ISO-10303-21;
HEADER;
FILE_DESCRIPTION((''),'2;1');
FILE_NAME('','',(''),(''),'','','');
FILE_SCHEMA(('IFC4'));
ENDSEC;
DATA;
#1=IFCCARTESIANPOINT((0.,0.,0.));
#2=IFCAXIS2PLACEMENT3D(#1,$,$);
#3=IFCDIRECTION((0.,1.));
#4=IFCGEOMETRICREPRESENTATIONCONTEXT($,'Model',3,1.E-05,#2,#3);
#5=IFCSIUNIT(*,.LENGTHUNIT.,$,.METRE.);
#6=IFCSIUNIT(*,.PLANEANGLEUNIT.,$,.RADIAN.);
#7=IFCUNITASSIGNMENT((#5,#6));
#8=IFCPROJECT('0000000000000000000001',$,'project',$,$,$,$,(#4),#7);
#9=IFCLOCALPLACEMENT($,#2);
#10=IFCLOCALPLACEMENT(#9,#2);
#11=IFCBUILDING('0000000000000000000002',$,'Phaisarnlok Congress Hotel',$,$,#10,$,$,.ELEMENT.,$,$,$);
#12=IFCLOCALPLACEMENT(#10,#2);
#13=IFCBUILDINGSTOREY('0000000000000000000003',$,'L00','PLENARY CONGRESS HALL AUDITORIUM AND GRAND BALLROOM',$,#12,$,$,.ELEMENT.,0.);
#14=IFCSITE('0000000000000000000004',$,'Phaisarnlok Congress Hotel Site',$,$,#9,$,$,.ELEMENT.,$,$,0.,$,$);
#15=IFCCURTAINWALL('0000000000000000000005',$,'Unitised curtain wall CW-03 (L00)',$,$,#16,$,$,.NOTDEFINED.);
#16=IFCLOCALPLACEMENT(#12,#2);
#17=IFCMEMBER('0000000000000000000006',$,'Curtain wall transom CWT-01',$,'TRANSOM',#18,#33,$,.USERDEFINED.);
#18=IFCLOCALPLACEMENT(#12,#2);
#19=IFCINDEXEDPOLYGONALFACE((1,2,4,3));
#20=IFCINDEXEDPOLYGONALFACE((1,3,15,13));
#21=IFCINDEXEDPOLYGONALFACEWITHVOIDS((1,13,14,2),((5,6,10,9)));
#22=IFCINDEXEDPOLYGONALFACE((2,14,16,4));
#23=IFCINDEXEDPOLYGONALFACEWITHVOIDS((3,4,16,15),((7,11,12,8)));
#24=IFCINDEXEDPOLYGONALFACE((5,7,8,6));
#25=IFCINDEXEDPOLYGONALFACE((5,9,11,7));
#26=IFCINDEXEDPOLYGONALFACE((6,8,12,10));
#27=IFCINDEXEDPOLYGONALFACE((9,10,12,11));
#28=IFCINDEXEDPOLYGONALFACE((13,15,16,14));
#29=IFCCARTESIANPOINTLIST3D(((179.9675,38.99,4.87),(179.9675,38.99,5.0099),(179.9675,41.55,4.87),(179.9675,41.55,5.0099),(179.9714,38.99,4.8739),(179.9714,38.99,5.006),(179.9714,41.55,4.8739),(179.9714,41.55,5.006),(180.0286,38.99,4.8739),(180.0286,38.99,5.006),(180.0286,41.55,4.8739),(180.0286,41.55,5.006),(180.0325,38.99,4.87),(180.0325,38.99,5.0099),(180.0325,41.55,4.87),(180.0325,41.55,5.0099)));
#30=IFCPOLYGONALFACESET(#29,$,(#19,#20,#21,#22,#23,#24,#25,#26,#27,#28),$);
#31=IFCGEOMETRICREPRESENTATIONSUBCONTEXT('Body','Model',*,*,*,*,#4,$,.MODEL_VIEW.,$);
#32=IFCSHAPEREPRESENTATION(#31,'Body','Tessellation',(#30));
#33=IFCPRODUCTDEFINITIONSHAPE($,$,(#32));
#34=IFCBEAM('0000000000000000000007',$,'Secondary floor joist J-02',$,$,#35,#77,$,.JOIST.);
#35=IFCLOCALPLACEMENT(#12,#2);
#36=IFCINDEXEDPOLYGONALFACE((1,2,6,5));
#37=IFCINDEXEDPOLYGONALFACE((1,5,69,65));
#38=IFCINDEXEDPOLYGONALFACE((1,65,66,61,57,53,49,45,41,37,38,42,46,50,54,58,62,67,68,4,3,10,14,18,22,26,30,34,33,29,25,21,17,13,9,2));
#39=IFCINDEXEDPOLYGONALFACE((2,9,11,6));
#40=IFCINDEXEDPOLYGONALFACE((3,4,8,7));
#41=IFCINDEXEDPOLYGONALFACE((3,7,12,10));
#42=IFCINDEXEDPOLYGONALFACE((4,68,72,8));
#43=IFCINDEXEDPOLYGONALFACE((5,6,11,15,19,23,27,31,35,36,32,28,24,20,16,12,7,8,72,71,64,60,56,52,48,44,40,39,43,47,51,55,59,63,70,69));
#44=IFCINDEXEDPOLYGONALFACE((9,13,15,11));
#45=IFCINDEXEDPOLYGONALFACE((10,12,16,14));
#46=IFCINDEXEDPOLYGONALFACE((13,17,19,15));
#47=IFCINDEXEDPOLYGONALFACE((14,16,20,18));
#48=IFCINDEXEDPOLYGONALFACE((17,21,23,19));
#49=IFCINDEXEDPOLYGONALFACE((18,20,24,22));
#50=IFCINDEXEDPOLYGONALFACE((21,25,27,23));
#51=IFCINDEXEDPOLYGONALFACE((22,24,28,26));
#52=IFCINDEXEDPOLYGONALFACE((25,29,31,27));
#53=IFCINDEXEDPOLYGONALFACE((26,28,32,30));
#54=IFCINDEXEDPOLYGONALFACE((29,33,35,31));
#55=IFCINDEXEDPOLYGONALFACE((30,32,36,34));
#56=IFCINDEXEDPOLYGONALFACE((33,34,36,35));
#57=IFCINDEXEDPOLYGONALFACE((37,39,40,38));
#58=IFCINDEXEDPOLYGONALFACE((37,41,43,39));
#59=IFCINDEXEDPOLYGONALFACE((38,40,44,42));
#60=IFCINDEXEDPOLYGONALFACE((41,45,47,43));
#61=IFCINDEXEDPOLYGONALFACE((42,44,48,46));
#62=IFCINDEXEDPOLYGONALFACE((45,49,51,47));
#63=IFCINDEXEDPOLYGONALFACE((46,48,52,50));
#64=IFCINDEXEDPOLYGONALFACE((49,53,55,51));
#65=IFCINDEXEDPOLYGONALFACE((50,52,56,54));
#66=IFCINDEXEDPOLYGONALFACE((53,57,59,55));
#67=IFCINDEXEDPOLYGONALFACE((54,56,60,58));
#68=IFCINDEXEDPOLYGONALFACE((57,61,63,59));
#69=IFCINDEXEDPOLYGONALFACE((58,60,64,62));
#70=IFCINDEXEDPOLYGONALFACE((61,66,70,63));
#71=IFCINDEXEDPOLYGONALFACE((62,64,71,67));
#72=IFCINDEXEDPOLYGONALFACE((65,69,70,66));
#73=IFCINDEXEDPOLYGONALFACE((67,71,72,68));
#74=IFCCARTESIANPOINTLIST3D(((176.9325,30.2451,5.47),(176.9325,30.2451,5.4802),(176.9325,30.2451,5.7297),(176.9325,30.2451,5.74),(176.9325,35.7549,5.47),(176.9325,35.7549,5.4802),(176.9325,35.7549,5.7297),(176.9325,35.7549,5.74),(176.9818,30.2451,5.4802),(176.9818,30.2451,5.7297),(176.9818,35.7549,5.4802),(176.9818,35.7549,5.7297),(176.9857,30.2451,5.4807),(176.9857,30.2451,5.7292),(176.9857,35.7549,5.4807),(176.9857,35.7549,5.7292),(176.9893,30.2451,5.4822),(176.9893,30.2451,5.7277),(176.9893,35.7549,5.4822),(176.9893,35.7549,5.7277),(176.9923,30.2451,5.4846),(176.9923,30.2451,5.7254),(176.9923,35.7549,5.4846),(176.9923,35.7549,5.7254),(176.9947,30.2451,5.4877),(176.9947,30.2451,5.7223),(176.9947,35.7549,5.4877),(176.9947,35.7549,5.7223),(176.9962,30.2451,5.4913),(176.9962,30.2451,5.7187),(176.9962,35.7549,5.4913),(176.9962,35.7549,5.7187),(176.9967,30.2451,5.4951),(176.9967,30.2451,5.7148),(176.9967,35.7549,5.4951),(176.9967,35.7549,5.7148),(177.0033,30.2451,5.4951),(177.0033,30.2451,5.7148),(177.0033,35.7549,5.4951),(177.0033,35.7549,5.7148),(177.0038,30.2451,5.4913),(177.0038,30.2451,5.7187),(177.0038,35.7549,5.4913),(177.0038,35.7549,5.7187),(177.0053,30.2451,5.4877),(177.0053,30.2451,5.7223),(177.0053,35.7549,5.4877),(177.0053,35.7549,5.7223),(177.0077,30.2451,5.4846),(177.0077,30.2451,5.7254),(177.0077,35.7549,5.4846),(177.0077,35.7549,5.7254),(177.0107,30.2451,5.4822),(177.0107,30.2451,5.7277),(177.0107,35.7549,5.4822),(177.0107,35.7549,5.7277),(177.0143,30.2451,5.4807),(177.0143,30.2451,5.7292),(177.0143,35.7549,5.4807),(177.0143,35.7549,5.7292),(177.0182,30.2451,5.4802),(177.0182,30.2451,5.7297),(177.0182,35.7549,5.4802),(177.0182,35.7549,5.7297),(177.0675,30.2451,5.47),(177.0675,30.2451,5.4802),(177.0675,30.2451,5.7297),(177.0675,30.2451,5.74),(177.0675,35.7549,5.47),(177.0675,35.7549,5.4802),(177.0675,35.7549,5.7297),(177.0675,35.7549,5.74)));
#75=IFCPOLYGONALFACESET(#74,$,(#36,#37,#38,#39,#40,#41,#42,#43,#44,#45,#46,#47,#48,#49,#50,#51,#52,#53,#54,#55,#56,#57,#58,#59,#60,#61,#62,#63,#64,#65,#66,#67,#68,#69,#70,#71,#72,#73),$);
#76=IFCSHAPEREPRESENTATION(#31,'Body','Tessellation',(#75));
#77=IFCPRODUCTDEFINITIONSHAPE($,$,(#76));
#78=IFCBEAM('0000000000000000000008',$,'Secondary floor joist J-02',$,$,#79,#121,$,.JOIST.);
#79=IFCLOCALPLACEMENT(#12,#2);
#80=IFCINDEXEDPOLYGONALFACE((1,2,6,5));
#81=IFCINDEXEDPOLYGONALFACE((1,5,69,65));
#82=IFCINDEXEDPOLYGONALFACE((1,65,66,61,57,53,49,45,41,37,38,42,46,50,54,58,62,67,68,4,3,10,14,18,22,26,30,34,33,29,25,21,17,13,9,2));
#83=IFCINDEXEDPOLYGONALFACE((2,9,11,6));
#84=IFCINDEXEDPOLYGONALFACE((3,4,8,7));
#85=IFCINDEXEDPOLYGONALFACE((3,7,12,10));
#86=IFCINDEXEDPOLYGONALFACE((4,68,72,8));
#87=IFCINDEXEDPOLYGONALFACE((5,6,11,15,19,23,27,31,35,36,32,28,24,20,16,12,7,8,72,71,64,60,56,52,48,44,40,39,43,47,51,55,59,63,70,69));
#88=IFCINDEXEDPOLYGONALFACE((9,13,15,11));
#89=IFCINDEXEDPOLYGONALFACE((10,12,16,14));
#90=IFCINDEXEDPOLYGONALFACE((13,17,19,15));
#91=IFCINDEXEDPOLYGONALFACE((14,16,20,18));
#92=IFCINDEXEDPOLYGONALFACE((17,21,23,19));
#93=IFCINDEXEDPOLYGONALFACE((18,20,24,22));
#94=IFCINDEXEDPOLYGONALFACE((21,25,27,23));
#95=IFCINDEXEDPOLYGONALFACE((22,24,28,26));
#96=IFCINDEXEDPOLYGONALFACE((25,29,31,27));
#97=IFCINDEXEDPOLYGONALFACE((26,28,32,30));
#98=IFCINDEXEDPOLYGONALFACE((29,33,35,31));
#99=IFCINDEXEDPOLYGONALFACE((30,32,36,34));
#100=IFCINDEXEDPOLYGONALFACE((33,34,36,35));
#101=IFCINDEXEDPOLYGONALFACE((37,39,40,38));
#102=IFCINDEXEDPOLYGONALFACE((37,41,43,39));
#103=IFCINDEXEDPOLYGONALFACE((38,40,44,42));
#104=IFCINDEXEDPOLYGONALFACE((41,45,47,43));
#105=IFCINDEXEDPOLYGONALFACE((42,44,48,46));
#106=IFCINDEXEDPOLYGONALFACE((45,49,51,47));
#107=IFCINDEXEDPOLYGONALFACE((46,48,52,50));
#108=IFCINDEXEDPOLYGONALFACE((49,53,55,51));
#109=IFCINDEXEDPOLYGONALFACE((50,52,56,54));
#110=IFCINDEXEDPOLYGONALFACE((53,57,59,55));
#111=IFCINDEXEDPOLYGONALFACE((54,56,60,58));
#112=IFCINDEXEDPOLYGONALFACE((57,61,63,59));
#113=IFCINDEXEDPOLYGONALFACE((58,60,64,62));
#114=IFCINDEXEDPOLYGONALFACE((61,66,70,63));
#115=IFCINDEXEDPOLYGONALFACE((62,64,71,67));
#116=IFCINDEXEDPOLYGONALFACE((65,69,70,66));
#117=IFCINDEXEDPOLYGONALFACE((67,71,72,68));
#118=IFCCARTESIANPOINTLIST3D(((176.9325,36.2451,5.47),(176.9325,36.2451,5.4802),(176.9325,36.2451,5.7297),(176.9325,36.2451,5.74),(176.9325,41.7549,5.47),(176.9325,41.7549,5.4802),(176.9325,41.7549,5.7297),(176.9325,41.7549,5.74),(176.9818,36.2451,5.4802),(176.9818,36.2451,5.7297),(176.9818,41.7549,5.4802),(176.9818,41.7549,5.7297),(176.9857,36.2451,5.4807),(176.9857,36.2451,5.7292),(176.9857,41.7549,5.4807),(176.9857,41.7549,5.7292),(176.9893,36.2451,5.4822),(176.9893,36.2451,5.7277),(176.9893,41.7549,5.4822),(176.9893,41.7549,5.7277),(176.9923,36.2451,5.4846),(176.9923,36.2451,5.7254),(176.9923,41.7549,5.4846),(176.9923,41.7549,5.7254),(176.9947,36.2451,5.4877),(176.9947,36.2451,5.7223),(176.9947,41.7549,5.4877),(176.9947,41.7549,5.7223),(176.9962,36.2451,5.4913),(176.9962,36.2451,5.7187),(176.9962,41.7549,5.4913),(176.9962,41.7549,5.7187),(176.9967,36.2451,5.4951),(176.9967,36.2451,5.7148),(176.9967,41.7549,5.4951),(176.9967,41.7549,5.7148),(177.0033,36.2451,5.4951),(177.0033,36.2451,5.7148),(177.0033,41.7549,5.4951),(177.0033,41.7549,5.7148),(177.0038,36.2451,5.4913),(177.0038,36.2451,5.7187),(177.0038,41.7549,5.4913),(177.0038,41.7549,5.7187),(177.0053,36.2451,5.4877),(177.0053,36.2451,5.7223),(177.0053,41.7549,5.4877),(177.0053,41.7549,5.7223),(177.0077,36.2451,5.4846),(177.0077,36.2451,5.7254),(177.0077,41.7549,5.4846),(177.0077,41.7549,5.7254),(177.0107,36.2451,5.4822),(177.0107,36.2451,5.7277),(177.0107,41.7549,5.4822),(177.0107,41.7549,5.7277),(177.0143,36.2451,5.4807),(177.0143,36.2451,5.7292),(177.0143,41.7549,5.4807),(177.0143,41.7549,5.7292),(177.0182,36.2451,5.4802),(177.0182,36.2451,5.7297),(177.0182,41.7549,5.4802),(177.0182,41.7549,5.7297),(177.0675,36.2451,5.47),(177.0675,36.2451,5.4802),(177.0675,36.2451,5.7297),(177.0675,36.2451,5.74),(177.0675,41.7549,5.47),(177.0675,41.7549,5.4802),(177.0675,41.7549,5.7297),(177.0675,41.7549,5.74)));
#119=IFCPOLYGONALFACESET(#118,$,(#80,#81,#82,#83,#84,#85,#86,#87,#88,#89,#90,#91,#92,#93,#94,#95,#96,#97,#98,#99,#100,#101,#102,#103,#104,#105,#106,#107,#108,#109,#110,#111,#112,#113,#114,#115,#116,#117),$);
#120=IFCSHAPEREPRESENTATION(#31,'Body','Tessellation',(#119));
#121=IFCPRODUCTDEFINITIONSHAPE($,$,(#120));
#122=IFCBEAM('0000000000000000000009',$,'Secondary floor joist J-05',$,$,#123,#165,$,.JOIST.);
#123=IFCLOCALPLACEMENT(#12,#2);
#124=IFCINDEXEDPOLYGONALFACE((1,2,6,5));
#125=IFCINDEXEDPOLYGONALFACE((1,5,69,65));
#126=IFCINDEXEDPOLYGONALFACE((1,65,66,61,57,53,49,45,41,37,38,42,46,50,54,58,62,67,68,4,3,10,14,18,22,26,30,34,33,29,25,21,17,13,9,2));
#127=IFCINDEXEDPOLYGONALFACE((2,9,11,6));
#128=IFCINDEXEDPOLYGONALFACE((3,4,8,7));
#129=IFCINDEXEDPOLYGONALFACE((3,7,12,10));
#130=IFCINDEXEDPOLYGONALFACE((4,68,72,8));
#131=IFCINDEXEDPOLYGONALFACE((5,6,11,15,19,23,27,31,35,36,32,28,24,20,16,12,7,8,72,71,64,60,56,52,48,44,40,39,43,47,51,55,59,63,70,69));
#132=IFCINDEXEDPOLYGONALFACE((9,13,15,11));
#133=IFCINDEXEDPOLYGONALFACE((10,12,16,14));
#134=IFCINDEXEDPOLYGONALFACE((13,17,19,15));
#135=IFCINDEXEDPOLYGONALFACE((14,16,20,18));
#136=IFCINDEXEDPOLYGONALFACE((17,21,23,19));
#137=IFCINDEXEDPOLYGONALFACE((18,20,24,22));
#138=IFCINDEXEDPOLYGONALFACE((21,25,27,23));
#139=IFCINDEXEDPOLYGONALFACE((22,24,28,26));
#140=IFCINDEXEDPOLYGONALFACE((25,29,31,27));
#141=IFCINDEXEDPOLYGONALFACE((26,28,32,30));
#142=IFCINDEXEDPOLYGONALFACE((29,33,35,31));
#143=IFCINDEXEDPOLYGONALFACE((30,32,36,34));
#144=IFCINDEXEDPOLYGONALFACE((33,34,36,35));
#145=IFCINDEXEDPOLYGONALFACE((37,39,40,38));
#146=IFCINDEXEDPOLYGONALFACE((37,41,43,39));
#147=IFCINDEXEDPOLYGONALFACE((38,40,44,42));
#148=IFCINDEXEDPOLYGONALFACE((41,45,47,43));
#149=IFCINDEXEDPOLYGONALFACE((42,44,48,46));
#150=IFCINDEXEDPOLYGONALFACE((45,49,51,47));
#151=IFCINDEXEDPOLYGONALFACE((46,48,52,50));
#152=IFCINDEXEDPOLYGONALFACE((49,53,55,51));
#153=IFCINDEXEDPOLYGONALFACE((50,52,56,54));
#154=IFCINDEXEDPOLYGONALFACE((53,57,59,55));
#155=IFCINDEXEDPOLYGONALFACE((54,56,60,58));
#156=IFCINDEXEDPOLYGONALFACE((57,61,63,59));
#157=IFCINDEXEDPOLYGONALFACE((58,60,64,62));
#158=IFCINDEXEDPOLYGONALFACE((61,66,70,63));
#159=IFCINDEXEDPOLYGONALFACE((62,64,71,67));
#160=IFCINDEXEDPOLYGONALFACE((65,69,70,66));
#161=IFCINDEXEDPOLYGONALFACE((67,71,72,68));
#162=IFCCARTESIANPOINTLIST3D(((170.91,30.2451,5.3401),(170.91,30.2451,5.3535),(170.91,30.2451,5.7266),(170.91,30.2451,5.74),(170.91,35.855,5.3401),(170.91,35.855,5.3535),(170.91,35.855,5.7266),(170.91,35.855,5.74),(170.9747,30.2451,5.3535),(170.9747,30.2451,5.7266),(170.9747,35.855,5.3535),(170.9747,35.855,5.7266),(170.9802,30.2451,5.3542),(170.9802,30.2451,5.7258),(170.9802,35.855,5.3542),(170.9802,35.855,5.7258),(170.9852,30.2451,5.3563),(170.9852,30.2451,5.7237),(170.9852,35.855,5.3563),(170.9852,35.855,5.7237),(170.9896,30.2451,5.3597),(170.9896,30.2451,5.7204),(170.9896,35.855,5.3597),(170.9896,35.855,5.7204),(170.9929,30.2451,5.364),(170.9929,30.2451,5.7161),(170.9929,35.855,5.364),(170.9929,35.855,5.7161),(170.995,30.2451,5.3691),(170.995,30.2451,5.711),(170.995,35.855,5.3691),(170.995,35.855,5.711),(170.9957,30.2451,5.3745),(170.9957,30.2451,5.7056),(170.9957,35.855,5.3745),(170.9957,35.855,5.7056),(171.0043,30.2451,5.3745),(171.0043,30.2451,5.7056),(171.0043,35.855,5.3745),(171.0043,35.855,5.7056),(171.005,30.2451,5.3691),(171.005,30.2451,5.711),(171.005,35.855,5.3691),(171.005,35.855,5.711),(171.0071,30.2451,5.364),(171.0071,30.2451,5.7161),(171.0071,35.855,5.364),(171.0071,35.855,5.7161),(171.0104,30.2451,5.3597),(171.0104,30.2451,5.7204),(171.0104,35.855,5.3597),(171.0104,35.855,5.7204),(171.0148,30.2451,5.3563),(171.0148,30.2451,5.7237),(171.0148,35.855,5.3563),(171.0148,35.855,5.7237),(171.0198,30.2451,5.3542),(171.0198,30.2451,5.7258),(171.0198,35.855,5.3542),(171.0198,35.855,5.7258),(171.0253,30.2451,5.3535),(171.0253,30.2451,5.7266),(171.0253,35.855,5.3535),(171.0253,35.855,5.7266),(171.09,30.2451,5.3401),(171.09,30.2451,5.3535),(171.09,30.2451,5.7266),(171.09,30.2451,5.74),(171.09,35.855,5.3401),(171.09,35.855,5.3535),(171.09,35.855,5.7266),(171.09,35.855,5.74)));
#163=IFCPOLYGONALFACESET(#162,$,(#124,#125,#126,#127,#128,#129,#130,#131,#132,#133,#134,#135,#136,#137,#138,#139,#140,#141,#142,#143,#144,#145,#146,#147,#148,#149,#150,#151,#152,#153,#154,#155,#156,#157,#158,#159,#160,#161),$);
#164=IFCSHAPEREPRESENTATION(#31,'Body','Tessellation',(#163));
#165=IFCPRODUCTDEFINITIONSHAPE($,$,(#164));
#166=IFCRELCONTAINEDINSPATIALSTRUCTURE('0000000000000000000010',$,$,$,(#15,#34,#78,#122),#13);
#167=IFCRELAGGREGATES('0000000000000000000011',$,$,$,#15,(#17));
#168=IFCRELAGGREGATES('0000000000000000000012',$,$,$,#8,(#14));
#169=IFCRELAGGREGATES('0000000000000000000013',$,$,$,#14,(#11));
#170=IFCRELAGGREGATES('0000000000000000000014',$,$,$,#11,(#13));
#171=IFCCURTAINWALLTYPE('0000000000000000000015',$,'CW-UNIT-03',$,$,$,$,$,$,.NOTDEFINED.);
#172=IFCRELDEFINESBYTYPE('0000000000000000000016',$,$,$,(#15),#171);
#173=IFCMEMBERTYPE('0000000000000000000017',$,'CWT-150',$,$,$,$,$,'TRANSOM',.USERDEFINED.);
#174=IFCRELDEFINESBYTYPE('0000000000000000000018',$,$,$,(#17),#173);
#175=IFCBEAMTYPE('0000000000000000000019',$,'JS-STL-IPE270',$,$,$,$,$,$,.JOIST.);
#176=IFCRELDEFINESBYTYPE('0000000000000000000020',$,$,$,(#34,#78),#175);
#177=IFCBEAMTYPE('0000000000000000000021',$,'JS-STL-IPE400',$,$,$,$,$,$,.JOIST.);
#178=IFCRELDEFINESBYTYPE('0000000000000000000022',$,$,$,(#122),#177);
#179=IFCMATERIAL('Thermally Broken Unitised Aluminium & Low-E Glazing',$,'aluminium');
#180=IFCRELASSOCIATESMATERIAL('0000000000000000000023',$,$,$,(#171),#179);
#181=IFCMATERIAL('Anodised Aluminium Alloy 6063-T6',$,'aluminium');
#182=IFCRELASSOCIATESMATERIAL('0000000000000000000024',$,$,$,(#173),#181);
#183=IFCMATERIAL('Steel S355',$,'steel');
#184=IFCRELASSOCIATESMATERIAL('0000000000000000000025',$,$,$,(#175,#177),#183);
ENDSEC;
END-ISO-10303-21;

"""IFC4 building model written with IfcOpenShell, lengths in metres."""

from ifc_helpers import new_model, si_unit, direction, frame, origin, origin_2d, place, context, subcontext, project, spatial, hollow_rectangle, i_section, extrude, material, material_profile, profile_set, type_object, element, aggregate, save


model = new_model("IFC4")

# Units and contexts
model_context = context("Model", 3, precision=1e-05, world=origin(), true_north=direction((0.0, 1.0)))
body_context = subcontext(model_context, "Body", "Model", "MODEL_VIEW")
ifc_project = project(units=[si_unit("LENGTHUNIT", "METRE"), si_unit("PLANEANGLEUNIT", "RADIAN")], contexts=[model_context])

# Site, building, storey
site_placement = place(None, origin())
site = spatial("IfcSite", under=ifc_project, at=site_placement, Name="Phaisarnlok Congress Hotel Site", CompositionType="ELEMENT", RefElevation=0.0)
building_placement = place(site_placement, origin())
building = spatial("IfcBuilding", under=site, at=building_placement, Name="Phaisarnlok Congress Hotel", CompositionType="ELEMENT")
storey_placement = place(building_placement, origin())
storey = spatial("IfcBuildingStorey", under=building, at=storey_placement, Name="L00", Description="PLENARY CONGRESS HALL AUDITORIUM AND GRAND BALLROOM", CompositionType="ELEMENT", Elevation=0.0)

# Shared definitions
ifc_material_1 = material(Name="Steel S355", Category="steel")

# Curtain wall, member
ifc_material_2 = material(Name="Thermally Broken Unitised Aluminium & Low-E Glazing", Category="aluminium")
curtain_wall_type = type_object("IfcCurtainWallType", Name="CW-UNIT-03", PredefinedType="NOTDEFINED", material=ifc_material_2)
curtain_wall_placement = place(storey_placement, origin())
curtain_wall = element("IfcCurtainWall", 1, at=curtain_wall_placement, inside=storey, type_object=curtain_wall_type, Name="Unitised curtain wall CW-03 (L00)", PredefinedType="NOTDEFINED")
ifc_material_3 = material(Name="Anodised Aluminium Alloy 6063-T6", Category="aluminium")
ifc_material_profile_1 = material_profile(ifc_material_3, hollow_rectangle(XDim=0.0649, YDim=0.1399, WallThickness=0.0039, at=origin_2d()), Name="ALU-T 65x140x4")
ifc_profile_set_1 = profile_set([ifc_material_profile_1], Name="Anodised Aluminium Alloy 6063-T6")
member_type_1 = type_object("IfcMemberType", Name="CWT-150", ElementType="TRANSOM", PredefinedType="USERDEFINED", material=ifc_profile_set_1)
member_1_placement = place(storey_placement, frame((180.0, 38.99, 4.9399), z_axis=(0.0, 1.0, 0.0), x_axis=(-1.0, 0.0, 0.0)))
member_1 = element("IfcMember", 2, at=member_1_placement, type_object=member_type_1, Name="Curtain wall transom CWT-01", ObjectType="TRANSOM", PredefinedType="USERDEFINED", context=body_context, shape_type="SweptSolid", body=[
    extrude(hollow_rectangle(XDim=0.0649, YDim=0.1399, WallThickness=0.0039, at=origin_2d()), origin(), (0.0, 0.0, 1.0), 2.5601),
])

# Beams
ifc_material_profile_2 = material_profile(ifc_material_1, i_section(OverallWidth=0.135, OverallDepth=0.27, WebThickness=0.0066, FlangeThickness=0.0103, FilletRadius=0.0149, at=origin_2d()), Name="IPE 270")
ifc_profile_set_2 = profile_set([ifc_material_profile_2], Name="Steel S355")
beam_type_1 = type_object("IfcBeamType", Name="JS-STL-IPE270", PredefinedType="JOIST", material=ifc_profile_set_2)
for number, where, z_axis, x_axis, name in (
    (3, (177.0, 30.2451, 5.605), (0.0, 1.0, 0.0), (-1.0, 0.0, 0.0), "Secondary floor joist J-02"),
    (4, (177.0, 36.2451, 5.605), (0.0, 1.0, 0.0), (-1.0, 0.0, 0.0), "Secondary floor joist J-02"),
):
    element("IfcBeam", number, at=place(storey_placement, frame(where, z_axis=z_axis, x_axis=x_axis)), inside=storey, type_object=beam_type_1, Name=name, PredefinedType="JOIST", context=body_context, shape_type="SweptSolid", body=[
        extrude(i_section(OverallWidth=0.135, OverallDepth=0.27, WebThickness=0.0066, FlangeThickness=0.0103, FilletRadius=0.0149, at=origin_2d()), origin(), (0.0, 0.0, 1.0), 5.5098),
    ])
ifc_material_profile_3 = material_profile(ifc_material_1, i_section(OverallWidth=0.1799, OverallDepth=0.3999, WebThickness=0.0085, FlangeThickness=0.0134, FilletRadius=0.021, at=origin_2d()), Name="IPE 400")
ifc_profile_set_3 = profile_set([ifc_material_profile_3], Name="Steel S355")
beam_type_2 = type_object("IfcBeamType", Name="JS-STL-IPE400", PredefinedType="JOIST", material=ifc_profile_set_3)
beam_1_placement = place(storey_placement, frame((171.0, 30.2451, 5.54), z_axis=(0.0, 1.0, 0.0), x_axis=(-1.0, 0.0, 0.0)))
element("IfcBeam", 5, at=beam_1_placement, inside=storey, type_object=beam_type_2, Name="Secondary floor joist J-05", PredefinedType="JOIST", context=body_context, shape_type="SweptSolid", body=[
    extrude(i_section(OverallWidth=0.1799, OverallDepth=0.3999, WebThickness=0.0085, FlangeThickness=0.0134, FilletRadius=0.021, at=origin_2d()), origin(), (0.0, 0.0, 1.0), 5.6099),
])

aggregate(curtain_wall, [member_1])

save(model, "model.ifc")
